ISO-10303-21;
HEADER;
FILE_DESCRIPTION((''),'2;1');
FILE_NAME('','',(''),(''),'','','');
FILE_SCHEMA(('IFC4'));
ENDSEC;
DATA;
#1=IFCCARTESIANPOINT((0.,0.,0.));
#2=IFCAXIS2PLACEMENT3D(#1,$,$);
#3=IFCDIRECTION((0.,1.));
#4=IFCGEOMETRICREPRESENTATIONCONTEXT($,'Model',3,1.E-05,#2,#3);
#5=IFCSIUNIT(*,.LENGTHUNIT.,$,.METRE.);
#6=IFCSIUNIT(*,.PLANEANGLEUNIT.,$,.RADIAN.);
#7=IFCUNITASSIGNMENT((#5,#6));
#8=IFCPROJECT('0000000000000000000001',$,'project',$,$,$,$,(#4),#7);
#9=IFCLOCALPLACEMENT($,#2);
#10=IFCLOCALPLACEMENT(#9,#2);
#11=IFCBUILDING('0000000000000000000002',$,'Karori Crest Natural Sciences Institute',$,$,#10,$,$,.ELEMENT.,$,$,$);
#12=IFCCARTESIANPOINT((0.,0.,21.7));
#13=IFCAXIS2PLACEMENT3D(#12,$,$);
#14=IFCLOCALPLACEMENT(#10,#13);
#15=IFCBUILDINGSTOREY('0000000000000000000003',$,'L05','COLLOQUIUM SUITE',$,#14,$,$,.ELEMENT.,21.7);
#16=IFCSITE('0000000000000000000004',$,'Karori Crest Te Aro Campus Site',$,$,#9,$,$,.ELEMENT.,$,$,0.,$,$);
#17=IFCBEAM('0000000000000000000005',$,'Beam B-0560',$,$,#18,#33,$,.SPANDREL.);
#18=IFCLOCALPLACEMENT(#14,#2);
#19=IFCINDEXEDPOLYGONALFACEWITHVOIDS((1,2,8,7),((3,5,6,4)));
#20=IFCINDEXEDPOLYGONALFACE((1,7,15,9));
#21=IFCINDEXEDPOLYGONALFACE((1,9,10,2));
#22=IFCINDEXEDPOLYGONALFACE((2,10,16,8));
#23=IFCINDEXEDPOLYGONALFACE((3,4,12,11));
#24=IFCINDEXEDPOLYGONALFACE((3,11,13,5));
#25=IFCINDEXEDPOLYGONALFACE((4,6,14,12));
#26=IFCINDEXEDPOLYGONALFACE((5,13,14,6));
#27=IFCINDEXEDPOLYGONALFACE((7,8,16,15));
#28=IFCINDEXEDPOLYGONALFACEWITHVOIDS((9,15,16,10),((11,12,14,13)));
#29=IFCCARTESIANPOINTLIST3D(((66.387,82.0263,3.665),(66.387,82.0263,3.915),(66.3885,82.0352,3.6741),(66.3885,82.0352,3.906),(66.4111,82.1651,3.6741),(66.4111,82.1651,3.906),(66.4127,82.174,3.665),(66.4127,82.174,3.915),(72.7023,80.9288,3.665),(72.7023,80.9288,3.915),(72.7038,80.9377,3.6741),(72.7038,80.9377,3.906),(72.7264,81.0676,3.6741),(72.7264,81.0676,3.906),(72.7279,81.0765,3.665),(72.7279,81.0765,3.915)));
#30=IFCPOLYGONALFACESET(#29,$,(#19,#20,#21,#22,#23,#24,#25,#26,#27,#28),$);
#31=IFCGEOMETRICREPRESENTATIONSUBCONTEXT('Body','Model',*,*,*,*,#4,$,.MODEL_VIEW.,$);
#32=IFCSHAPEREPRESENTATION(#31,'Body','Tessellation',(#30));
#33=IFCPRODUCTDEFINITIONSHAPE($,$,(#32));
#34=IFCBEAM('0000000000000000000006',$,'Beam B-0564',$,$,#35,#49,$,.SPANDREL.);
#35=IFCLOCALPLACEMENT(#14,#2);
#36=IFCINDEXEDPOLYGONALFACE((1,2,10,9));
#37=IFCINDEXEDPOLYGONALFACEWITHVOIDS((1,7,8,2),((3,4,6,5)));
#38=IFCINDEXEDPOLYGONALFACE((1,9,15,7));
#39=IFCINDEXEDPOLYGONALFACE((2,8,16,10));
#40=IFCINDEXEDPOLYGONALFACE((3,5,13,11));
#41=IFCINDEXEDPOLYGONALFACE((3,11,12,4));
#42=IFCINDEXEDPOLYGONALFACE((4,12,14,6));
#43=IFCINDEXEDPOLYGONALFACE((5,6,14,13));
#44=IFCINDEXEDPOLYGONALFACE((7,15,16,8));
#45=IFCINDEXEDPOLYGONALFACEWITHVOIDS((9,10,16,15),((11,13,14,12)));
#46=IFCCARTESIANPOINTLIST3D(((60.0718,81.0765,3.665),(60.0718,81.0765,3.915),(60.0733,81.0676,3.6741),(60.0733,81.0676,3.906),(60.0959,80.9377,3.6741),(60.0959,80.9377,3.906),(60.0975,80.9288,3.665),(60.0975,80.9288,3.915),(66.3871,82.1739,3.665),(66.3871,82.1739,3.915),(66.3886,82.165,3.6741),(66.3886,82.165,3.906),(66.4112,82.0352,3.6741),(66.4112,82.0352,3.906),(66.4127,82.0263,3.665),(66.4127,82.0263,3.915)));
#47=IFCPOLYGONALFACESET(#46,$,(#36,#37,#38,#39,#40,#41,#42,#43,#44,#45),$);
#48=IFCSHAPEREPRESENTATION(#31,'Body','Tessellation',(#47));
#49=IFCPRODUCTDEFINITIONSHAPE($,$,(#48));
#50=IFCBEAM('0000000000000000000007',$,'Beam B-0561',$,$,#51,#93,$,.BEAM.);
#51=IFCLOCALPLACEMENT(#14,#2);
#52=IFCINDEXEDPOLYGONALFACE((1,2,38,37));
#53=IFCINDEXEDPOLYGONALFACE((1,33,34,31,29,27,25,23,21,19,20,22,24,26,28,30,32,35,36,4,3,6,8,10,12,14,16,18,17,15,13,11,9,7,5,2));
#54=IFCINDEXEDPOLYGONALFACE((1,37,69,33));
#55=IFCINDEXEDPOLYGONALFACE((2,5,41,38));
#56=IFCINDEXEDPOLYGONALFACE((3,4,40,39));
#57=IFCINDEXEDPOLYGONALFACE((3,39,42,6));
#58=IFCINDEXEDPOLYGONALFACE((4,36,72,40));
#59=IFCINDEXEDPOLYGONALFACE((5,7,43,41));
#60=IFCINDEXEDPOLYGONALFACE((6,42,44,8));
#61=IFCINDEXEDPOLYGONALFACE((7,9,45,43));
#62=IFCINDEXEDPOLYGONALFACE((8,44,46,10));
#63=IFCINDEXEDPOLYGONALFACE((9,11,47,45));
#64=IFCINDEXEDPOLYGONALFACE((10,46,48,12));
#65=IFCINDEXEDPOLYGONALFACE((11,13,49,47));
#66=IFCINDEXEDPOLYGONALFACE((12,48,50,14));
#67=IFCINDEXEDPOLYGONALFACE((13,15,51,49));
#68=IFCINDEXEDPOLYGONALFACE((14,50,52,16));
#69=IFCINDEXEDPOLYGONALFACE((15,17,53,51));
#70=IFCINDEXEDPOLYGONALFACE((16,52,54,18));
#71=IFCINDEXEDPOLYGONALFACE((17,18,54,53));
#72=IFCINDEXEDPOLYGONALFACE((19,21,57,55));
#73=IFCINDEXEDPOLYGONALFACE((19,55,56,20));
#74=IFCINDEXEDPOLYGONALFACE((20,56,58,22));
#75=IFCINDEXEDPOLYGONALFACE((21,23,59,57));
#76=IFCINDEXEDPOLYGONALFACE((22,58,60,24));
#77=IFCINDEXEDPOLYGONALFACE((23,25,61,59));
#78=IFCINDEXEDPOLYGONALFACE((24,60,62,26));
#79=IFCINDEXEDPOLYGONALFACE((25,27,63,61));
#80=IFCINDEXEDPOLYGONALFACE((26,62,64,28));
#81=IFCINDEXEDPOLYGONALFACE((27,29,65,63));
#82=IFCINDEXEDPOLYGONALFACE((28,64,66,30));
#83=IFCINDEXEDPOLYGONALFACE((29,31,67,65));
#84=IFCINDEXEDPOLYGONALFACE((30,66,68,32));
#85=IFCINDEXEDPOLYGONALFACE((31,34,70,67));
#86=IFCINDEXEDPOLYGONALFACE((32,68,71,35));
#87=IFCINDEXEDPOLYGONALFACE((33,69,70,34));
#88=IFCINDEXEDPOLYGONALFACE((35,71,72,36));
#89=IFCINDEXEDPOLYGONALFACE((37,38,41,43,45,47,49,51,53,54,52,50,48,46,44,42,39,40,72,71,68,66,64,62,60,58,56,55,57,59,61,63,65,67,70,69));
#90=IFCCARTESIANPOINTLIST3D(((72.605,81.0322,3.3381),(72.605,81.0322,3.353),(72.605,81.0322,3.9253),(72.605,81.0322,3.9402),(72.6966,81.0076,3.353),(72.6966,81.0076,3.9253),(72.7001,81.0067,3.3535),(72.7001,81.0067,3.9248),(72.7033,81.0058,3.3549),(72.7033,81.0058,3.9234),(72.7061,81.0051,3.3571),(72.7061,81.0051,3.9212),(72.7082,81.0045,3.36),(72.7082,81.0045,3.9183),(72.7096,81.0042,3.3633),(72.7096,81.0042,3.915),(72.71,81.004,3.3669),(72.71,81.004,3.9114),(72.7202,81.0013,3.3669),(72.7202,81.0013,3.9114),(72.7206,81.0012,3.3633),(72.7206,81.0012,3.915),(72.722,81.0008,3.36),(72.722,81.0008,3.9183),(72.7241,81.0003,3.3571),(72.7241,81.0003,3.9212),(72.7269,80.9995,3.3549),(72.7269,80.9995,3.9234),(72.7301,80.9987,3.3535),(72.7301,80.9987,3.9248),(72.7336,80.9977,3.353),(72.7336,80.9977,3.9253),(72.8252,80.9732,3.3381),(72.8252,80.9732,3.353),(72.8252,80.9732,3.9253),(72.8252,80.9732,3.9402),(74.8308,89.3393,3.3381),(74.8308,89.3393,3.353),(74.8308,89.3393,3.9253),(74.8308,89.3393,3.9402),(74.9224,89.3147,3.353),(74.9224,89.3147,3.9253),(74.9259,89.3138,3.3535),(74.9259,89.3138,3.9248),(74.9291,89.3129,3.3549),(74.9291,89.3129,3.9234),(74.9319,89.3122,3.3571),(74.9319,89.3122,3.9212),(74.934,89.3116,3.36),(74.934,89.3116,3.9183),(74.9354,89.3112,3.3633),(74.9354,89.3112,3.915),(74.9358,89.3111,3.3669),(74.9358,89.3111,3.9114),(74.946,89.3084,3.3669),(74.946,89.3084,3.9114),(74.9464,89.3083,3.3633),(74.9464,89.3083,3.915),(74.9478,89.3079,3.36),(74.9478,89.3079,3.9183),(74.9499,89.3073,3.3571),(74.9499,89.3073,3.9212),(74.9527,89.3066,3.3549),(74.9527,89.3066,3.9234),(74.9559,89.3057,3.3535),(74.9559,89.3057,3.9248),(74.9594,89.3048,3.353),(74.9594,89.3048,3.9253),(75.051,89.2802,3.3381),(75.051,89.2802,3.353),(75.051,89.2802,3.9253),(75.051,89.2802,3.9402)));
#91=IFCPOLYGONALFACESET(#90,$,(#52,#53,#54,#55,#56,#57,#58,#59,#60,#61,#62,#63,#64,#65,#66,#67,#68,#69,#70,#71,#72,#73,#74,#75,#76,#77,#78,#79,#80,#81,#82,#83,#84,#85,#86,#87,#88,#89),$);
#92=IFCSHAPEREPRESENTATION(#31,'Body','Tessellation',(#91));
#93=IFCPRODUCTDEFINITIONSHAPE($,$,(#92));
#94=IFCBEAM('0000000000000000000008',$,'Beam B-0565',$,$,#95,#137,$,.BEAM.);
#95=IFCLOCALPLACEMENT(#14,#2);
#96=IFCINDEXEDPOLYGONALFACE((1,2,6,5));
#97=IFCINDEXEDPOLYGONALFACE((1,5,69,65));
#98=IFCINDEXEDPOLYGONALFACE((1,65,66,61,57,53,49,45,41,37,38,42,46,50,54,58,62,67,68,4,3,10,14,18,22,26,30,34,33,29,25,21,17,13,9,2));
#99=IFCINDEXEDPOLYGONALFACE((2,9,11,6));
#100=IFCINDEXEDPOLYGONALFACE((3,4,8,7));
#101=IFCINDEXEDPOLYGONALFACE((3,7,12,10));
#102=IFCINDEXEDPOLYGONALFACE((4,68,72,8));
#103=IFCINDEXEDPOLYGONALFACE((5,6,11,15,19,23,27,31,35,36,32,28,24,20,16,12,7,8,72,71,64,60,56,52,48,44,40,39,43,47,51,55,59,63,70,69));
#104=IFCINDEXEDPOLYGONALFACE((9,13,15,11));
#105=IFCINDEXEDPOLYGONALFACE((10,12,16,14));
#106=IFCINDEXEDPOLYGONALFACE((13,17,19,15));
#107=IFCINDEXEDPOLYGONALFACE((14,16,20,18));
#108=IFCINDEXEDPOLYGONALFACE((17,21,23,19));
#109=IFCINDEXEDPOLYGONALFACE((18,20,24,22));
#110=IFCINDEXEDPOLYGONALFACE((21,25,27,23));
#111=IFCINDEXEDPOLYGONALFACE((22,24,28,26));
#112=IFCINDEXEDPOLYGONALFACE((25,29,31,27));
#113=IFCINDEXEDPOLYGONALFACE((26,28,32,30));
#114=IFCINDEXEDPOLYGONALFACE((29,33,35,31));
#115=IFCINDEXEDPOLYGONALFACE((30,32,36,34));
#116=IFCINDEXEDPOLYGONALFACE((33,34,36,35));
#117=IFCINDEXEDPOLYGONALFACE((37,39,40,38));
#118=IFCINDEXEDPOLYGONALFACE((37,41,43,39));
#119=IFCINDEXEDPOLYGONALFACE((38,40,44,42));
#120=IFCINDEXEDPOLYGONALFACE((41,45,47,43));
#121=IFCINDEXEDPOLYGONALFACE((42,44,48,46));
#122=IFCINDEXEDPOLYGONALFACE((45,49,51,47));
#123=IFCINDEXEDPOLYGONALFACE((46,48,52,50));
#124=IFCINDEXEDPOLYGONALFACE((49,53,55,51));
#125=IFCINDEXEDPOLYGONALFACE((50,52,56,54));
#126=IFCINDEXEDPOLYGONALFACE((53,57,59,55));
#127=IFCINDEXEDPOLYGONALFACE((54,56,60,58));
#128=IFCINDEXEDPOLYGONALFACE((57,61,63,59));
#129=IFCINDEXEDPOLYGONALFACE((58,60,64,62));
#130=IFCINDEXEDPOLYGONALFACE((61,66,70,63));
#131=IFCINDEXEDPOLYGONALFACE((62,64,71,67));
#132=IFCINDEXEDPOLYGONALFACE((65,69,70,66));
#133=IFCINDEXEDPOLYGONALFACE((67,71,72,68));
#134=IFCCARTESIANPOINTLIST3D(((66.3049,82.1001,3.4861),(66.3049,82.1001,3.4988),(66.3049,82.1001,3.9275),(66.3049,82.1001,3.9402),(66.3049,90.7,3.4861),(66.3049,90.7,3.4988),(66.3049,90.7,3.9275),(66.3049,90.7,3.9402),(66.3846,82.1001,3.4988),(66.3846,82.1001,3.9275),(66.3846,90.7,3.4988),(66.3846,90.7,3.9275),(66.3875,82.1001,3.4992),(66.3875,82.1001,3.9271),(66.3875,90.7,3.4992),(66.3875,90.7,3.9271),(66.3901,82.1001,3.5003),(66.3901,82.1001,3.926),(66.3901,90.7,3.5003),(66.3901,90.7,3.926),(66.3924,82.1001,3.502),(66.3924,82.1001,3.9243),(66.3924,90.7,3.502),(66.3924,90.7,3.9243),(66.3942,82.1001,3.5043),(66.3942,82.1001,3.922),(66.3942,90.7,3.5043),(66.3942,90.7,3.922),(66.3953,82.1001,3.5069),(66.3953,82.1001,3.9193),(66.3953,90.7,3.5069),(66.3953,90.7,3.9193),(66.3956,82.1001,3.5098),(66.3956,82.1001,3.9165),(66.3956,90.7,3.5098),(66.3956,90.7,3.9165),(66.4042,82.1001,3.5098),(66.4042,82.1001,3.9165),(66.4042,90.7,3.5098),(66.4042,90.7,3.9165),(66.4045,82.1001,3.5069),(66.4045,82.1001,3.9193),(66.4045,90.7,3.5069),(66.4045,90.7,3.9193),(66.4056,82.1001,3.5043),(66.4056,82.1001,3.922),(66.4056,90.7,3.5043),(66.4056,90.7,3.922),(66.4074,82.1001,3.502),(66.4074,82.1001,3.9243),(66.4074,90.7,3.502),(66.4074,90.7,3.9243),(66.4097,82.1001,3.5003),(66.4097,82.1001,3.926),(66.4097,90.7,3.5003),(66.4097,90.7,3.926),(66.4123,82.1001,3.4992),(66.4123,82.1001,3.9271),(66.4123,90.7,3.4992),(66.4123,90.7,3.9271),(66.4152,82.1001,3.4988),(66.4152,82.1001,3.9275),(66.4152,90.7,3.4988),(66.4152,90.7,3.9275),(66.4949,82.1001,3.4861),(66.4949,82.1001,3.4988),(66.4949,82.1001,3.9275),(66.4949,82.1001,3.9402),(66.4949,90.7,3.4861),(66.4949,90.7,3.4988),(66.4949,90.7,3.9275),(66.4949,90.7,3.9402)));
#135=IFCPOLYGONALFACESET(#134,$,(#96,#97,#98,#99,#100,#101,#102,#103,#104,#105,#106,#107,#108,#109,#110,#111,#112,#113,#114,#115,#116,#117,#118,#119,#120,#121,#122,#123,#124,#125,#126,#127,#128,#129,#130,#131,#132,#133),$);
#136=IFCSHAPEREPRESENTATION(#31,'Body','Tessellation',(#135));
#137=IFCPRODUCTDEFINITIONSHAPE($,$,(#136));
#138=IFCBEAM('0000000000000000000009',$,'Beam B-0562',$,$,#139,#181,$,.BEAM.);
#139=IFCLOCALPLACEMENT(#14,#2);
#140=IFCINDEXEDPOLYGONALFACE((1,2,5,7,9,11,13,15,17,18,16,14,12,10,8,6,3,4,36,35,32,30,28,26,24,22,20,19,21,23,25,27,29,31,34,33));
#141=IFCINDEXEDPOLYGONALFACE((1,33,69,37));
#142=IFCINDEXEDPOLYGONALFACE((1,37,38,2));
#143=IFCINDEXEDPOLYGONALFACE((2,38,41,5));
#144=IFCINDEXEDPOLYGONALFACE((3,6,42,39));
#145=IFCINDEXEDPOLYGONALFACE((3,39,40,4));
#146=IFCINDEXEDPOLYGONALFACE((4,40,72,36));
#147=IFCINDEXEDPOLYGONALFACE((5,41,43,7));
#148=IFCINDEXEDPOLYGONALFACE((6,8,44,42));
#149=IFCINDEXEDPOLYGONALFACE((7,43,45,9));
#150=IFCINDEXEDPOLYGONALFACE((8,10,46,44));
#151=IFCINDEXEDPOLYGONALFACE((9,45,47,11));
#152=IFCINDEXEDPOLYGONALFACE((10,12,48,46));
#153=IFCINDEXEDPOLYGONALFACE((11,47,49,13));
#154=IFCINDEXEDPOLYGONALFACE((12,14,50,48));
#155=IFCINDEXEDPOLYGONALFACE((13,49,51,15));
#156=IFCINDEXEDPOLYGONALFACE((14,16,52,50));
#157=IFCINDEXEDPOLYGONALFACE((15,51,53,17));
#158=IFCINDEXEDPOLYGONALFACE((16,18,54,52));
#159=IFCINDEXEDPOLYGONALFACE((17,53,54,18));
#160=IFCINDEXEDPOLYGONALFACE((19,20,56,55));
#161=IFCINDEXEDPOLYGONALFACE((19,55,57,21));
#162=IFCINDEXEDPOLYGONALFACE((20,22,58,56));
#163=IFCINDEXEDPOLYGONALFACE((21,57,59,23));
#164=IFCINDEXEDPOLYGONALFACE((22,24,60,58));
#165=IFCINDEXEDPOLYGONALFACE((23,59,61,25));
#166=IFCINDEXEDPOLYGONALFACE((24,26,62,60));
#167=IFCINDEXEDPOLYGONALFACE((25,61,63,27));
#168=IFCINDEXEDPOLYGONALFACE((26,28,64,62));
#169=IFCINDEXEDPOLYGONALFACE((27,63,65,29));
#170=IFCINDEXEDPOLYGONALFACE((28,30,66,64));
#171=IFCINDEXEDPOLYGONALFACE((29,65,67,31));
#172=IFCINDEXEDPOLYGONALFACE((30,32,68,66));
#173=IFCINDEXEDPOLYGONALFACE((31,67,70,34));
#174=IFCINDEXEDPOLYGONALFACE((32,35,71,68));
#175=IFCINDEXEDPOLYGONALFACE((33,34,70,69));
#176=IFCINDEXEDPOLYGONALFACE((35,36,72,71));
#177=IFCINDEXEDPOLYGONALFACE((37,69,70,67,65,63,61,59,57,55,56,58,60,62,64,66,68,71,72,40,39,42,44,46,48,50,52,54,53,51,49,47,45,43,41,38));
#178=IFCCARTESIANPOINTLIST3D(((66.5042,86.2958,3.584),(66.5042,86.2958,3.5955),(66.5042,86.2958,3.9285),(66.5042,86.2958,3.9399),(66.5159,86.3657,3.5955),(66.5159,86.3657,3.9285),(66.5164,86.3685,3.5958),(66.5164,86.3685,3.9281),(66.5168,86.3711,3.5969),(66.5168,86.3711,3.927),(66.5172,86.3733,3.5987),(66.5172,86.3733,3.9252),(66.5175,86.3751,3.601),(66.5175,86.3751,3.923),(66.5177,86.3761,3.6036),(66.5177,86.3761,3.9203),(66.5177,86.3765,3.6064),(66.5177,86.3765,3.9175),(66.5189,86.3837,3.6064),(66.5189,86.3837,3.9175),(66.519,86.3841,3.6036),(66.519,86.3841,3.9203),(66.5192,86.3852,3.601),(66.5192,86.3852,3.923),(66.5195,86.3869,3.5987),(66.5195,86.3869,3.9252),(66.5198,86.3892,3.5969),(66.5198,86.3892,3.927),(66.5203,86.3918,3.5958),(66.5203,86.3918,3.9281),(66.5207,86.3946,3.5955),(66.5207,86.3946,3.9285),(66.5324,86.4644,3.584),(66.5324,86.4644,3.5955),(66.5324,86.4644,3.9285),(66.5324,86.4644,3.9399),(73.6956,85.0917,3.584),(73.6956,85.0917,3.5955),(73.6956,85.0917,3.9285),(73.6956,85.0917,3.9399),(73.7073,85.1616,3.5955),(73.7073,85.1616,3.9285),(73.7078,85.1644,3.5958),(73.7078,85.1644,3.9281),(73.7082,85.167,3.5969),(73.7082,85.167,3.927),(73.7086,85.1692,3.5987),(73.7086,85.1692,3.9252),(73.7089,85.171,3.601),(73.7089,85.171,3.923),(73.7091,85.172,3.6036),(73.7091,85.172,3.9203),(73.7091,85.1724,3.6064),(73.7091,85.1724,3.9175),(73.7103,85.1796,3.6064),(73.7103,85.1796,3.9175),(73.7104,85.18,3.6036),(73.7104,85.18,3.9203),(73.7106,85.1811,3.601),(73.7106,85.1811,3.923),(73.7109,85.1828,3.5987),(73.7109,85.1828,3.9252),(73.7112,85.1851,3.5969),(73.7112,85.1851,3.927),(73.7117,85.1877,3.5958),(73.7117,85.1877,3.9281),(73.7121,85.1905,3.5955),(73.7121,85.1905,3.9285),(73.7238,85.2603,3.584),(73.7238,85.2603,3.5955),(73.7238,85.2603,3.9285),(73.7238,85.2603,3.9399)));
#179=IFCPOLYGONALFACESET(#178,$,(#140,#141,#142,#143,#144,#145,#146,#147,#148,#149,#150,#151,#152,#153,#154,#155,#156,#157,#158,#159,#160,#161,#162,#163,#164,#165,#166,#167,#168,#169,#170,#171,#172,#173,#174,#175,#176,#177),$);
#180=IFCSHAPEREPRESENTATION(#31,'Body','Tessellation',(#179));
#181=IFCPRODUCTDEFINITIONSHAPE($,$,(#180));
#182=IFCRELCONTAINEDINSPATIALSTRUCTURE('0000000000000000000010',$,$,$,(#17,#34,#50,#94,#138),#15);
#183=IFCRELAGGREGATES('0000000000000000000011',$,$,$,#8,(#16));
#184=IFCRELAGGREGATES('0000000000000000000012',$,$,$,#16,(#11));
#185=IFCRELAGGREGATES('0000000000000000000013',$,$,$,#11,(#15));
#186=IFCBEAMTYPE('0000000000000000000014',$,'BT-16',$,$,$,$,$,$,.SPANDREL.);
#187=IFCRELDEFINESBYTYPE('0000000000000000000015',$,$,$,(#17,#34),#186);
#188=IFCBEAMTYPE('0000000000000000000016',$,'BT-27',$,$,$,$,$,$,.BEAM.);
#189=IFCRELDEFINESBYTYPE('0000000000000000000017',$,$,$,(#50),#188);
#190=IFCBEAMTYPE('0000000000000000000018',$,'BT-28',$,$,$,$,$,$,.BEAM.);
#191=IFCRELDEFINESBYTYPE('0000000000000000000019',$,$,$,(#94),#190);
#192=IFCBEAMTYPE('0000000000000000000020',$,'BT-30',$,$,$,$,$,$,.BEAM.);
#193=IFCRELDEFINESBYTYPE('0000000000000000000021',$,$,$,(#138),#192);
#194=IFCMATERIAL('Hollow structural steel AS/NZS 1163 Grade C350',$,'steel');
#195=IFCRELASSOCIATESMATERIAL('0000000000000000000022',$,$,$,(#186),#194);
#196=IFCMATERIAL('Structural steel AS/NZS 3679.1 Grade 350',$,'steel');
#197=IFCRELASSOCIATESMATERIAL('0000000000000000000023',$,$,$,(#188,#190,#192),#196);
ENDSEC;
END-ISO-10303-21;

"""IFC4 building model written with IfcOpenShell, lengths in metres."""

from ifc_helpers import new_model, si_unit, direction, frame, origin, origin_2d, place, context, subcontext, project, spatial, hollow_rectangle, i_section, extrude, material, material_profile, profile_set, type_object, element, save


model = new_model("IFC4")

# Units and contexts
model_context = context("Model", 3, precision=1e-05, world=origin(), true_north=direction((0.0, 1.0)))
body_context = subcontext(model_context, "Body", "Model", "MODEL_VIEW")
ifc_project = project(units=[si_unit("LENGTHUNIT", "METRE"), si_unit("PLANEANGLEUNIT", "RADIAN")], contexts=[model_context])

# Site, building, storey
site_placement = place(None, origin())
site = spatial("IfcSite", under=ifc_project, at=site_placement, Name="Karori Crest Te Aro Campus Site", CompositionType="ELEMENT", RefElevation=0.0)
building_placement = place(site_placement, origin())
building = spatial("IfcBuilding", under=site, at=building_placement, Name="Karori Crest Natural Sciences Institute", CompositionType="ELEMENT")
storey_placement = place(building_placement, frame((0.0, 0.0, 21.7)))
storey = spatial("IfcBuildingStorey", under=building, at=storey_placement, Name="L05", Description="COLLOQUIUM SUITE", CompositionType="ELEMENT", Elevation=21.7)

# Shared definitions
ifc_material_1 = material(Name="Structural steel AS/NZS 3679.1 Grade 350", Category="steel")

# Beams
ifc_material_2 = material(Name="Hollow structural steel AS/NZS 1163 Grade C350", Category="steel")
ifc_material_profile_1 = material_profile(ifc_material_2, hollow_rectangle(XDim=0.1499, YDim=0.25, WallThickness=0.009, at=origin_2d()), Name="RHS250x150x9")
ifc_profile_set_1 = profile_set([ifc_material_profile_1], Name="Hollow structural steel AS/NZS 1163 Grade C350")
beam_type_1 = type_object("IfcBeamType", Name="BT-16", PredefinedType="SPANDREL", material=ifc_profile_set_1)
for number, where, z_axis, x_axis, name in (
    (1, (72.7151, 81.0027, 3.79), (-0.985235, 0.171208, 0.0), (-0.171208, -0.985235, 0.0), "Beam B-0560"),
    (2, (66.3999, 82.1001, 3.79), (-0.985235, -0.171208, 0.0), (0.171208, -0.985235, 0.0), "Beam B-0564"),
):
    element("IfcBeam", number, at=place(storey_placement, frame(where, z_axis=z_axis, x_axis=x_axis)), inside=storey, type_object=beam_type_1, Name=name, PredefinedType="SPANDREL", context=body_context, shape_type="SweptSolid", body=[
        extrude(hollow_rectangle(XDim=0.1499, YDim=0.25, WallThickness=0.009, at=origin_2d()), origin(), (0.0, 0.0, 1.0), 6.4099),
    ])
ifc_material_profile_2 = material_profile(ifc_material_1, i_section(OverallWidth=0.228, OverallDepth=0.6021, WebThickness=0.0105, FlangeThickness=0.0149, FilletRadius=0.0139, at=origin_2d()), Name="610UB101")
ifc_profile_set_2 = profile_set([ifc_material_profile_2], Name="Structural steel AS/NZS 3679.1 Grade 350")
beam_type_2 = type_object("IfcBeamType", Name="BT-27", PredefinedType="BEAM", material=ifc_profile_set_2)
beam_1_placement = place(storey_placement, frame((72.7151, 81.0027, 3.6392), z_axis=(0.258813, 0.965928, 0.0), x_axis=(-0.965928, 0.258813, 0.0)))
element("IfcBeam", 3, at=beam_1_placement, inside=storey, type_object=beam_type_2, Name="Beam B-0561", PredefinedType="BEAM", context=body_context, shape_type="SweptSolid", body=[
    extrude(i_section(OverallWidth=0.228, OverallDepth=0.6021, WebThickness=0.0105, FlangeThickness=0.0149, FilletRadius=0.0139, at=origin_2d()), origin(), (0.0, 0.0, 1.0), 8.6001),
])
ifc_material_profile_3 = material_profile(ifc_material_1, i_section(OverallWidth=0.1899, OverallDepth=0.4541, WebThickness=0.0085, FlangeThickness=0.0127, FilletRadius=0.011, at=origin_2d()), Name="460UB67.1")
ifc_profile_set_3 = profile_set([ifc_material_profile_3], Name="Structural steel AS/NZS 3679.1 Grade 350")
beam_type_3 = type_object("IfcBeamType", Name="BT-28", PredefinedType="BEAM", material=ifc_profile_set_3)
beam_2_placement = place(storey_placement, frame((66.3999, 82.1001, 3.7131), z_axis=(0.0, 1.0, 0.0), x_axis=(-1.0, 0.0, 0.0)))
element("IfcBeam", 4, at=beam_2_placement, inside=storey, type_object=beam_type_3, Name="Beam B-0565", PredefinedType="BEAM", context=body_context, shape_type="SweptSolid", body=[
    extrude(i_section(OverallWidth=0.1899, OverallDepth=0.4541, WebThickness=0.0085, FlangeThickness=0.0127, FilletRadius=0.011, at=origin_2d()), origin(), (0.0, 0.0, 1.0), 8.5999),
])
ifc_material_profile_4 = material_profile(ifc_material_1, i_section(OverallWidth=0.1709, OverallDepth=0.356, WebThickness=0.0073, FlangeThickness=0.0115, FilletRadius=0.011, at=origin_2d()), Name="360UB50.7")
ifc_profile_set_4 = profile_set([ifc_material_profile_4], Name="Structural steel AS/NZS 3679.1 Grade 350")
beam_type_4 = type_object("IfcBeamType", Name="BT-30", PredefinedType="BEAM", material=ifc_profile_set_4)
beam_3_placement = place(storey_placement, frame((73.7097, 85.176, 3.762), z_axis=(-0.986271, 0.165137, 0.0), x_axis=(-0.165137, -0.986271, 0.0)))
element("IfcBeam", 5, at=beam_3_placement, inside=storey, type_object=beam_type_4, Name="Beam B-0562", PredefinedType="BEAM", context=body_context, shape_type="SweptSolid", body=[
    extrude(i_section(OverallWidth=0.1709, OverallDepth=0.356, WebThickness=0.0073, FlangeThickness=0.0115, FilletRadius=0.011, at=origin_2d()), origin(), (0.0, 0.0, 1.0), 7.2915),
])

save(model, "model.ifc")
